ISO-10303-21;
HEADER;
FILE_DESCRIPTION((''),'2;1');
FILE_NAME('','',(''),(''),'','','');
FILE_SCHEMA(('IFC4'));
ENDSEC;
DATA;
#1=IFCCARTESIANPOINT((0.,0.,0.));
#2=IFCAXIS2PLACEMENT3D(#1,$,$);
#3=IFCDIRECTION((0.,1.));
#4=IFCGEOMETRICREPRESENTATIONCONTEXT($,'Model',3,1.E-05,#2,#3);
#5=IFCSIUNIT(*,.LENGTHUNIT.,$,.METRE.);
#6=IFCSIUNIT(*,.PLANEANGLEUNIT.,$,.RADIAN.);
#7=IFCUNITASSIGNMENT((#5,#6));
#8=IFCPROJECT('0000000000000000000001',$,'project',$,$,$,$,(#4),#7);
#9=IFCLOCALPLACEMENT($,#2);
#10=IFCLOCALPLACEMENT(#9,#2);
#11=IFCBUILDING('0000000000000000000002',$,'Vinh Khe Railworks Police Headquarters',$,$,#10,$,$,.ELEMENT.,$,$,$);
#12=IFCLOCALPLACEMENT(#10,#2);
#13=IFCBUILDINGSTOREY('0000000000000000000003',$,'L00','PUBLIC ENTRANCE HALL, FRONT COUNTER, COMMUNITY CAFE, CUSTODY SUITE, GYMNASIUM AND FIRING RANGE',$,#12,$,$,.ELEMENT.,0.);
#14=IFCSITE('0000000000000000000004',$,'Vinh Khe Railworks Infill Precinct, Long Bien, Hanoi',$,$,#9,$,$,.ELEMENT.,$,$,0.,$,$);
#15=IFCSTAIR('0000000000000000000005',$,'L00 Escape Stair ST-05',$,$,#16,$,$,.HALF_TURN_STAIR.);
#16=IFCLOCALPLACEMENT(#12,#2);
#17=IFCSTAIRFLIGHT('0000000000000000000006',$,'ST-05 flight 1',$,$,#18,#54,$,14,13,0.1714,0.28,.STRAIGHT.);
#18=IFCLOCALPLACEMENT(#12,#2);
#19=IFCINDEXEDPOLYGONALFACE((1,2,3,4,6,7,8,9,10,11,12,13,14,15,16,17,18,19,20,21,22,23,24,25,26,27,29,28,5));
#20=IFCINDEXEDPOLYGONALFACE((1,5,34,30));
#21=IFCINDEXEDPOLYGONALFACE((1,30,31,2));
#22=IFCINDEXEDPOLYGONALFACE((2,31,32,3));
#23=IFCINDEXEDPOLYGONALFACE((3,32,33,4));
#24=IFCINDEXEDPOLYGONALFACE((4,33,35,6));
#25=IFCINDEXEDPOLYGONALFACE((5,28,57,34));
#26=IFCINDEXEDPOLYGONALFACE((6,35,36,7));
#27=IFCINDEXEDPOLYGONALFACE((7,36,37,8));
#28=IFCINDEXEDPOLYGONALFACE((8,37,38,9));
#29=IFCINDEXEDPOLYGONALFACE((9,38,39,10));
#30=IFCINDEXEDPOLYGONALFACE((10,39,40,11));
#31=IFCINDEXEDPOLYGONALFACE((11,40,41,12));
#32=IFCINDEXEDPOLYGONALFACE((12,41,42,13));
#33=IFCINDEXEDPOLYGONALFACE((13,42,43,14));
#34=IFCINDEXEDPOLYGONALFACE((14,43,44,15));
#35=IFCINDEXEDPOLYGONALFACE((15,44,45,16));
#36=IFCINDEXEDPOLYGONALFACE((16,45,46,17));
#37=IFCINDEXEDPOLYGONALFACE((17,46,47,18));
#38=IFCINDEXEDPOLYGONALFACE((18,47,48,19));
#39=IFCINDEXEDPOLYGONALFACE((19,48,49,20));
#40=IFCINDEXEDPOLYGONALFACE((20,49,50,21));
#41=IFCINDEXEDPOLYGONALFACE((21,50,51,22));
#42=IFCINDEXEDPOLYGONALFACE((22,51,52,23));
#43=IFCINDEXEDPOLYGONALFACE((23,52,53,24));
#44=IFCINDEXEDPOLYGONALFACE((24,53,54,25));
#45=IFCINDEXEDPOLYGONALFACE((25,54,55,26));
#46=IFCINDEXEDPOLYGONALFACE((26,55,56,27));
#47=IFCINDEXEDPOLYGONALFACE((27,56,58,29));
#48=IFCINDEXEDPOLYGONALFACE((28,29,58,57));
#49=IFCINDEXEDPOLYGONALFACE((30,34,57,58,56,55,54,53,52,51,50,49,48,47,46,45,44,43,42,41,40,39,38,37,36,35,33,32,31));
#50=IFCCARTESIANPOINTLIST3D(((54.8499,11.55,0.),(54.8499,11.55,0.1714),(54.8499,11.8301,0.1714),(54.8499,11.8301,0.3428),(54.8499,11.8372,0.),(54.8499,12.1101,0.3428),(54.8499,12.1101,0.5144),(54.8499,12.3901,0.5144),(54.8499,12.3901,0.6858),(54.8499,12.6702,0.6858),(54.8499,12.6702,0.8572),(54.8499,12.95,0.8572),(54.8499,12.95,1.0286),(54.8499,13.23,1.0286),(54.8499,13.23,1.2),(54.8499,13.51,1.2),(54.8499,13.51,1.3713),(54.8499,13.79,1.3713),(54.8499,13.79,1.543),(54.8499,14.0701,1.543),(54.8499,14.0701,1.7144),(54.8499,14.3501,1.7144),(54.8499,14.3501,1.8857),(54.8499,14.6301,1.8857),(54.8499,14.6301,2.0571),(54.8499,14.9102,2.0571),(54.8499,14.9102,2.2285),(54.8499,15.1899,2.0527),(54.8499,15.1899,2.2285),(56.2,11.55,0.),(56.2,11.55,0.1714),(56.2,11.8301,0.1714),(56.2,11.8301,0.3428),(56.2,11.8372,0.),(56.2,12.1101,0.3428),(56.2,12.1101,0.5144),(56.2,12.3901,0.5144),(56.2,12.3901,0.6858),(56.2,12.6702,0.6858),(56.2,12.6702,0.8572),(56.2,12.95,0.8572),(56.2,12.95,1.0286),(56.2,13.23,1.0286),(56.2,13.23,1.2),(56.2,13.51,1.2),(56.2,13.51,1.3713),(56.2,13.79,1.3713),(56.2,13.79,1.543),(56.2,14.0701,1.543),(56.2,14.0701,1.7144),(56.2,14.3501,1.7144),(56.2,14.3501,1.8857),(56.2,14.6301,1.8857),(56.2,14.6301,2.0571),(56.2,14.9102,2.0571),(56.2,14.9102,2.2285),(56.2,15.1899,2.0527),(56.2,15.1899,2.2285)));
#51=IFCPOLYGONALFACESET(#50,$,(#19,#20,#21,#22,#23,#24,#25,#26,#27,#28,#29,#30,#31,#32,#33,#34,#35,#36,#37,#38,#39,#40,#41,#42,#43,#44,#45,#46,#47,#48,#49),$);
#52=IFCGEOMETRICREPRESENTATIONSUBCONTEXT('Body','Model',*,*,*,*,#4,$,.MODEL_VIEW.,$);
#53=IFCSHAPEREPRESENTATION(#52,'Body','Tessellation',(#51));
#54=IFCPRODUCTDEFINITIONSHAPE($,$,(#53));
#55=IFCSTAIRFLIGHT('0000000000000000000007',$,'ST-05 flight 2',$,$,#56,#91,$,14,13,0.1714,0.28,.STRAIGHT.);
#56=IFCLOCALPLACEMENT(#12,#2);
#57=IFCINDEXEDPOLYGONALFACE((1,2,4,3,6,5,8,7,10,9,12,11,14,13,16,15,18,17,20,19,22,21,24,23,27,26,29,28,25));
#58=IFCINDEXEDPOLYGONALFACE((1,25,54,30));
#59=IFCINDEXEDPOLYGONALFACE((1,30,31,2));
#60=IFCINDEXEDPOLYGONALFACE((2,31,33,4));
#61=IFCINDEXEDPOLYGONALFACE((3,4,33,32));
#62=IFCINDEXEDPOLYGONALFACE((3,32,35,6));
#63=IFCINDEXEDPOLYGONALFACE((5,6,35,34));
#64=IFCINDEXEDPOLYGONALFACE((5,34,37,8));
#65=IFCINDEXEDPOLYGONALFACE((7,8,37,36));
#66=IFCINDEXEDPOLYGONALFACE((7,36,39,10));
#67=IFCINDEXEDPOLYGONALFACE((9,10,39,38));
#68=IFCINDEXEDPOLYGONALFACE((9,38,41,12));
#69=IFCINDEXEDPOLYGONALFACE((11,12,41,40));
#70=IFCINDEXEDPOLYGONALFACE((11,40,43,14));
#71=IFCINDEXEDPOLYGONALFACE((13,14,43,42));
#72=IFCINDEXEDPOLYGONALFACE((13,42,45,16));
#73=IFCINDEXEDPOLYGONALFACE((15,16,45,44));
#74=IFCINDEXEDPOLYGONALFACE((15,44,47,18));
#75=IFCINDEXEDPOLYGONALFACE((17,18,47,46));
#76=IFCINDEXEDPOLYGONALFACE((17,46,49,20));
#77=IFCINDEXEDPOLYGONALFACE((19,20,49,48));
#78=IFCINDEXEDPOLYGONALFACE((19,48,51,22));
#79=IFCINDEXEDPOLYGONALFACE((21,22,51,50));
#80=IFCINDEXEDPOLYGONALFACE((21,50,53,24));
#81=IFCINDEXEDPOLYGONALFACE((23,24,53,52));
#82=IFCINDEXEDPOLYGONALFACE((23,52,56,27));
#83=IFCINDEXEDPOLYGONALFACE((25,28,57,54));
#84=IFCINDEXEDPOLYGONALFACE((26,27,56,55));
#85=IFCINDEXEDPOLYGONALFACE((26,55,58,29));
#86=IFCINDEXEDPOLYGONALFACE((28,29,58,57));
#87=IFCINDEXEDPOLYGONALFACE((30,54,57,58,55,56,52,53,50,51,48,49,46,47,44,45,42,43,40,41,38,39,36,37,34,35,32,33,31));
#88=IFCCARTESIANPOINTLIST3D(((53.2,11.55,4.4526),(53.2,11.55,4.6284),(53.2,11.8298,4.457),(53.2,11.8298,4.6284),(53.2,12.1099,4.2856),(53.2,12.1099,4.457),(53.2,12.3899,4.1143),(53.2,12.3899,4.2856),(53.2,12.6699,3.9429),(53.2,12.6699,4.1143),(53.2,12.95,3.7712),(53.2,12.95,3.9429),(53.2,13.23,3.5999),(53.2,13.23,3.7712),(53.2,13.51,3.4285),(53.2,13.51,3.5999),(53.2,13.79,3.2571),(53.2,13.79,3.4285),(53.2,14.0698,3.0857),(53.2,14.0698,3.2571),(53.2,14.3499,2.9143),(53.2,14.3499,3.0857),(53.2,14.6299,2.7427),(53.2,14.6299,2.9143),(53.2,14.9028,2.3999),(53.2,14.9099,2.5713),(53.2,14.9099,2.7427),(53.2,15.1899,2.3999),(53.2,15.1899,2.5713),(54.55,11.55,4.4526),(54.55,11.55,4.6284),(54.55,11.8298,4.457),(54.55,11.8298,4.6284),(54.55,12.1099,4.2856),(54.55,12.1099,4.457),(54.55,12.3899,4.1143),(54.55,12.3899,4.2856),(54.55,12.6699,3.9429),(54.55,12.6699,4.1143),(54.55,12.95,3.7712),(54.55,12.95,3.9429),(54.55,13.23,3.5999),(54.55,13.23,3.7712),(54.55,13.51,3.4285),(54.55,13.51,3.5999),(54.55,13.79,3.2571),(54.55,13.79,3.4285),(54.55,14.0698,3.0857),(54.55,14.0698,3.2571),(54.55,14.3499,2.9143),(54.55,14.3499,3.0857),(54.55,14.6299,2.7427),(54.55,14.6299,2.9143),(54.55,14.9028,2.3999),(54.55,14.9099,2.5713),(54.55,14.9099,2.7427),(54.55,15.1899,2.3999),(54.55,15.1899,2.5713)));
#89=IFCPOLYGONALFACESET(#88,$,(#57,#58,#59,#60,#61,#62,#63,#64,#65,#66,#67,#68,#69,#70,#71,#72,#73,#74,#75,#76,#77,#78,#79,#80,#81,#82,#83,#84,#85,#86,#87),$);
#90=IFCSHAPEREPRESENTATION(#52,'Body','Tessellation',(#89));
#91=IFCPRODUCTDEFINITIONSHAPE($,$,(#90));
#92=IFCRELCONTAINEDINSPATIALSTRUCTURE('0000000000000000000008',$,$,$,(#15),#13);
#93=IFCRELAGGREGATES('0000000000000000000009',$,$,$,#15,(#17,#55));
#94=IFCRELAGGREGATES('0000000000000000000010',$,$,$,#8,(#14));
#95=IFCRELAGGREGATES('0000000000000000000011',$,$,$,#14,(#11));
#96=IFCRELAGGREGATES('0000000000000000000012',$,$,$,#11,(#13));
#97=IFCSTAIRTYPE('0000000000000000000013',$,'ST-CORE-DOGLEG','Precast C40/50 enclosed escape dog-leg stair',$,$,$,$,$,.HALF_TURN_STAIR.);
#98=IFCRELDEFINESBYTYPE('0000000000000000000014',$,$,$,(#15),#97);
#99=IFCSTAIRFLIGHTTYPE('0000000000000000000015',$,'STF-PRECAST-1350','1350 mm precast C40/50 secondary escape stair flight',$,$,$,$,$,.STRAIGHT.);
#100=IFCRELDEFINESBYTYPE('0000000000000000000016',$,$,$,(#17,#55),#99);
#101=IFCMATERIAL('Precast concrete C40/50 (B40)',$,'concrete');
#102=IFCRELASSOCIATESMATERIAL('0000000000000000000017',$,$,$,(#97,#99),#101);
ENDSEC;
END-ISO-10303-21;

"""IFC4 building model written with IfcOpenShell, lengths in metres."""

from ifc_helpers import new_model, si_unit, direction, frame, origin, place, context, subcontext, project, spatial, polyline, outline, extrude, material, type_object, element, aggregate, save


model = new_model("IFC4")

# Units and contexts
model_context = context("Model", 3, precision=1e-05, world=origin(), true_north=direction((0.0, 1.0)))
body_context = subcontext(model_context, "Body", "Model", "MODEL_VIEW")
ifc_project = project(units=[si_unit("LENGTHUNIT", "METRE"), si_unit("PLANEANGLEUNIT", "RADIAN")], contexts=[model_context])

# Site, building, storey
site_placement = place(None, origin())
site = spatial("IfcSite", under=ifc_project, at=site_placement, Name="Vinh Khe Railworks Infill Precinct, Long Bien, Hanoi", CompositionType="ELEMENT", RefElevation=0.0)
building_placement = place(site_placement, origin())
building = spatial("IfcBuilding", under=site, at=building_placement, Name="Vinh Khe Railworks Police Headquarters", CompositionType="ELEMENT")
storey_placement = place(building_placement, origin())
storey = spatial("IfcBuildingStorey", under=building, at=storey_placement, Name="L00", Description="PUBLIC ENTRANCE HALL, FRONT COUNTER, COMMUNITY CAFE, CUSTODY SUITE, GYMNASIUM AND FIRING RANGE", CompositionType="ELEMENT", Elevation=0.0)

# Stair, stair flights
ifc_material_1 = material(Name="Precast concrete C40/50 (B40)", Category="concrete")
stair_type = type_object("IfcStairType", Name="ST-CORE-DOGLEG", Description="Precast C40/50 enclosed escape dog-leg stair", PredefinedType="HALF_TURN_STAIR", material=ifc_material_1)
stair_placement = place(storey_placement, origin())
stair = element("IfcStair", 1, at=stair_placement, inside=storey, type_object=stair_type, Name="L00 Escape Stair ST-05", PredefinedType="HALF_TURN_STAIR")
stair_flight_type = type_object("IfcStairFlightType", Name="STF-PRECAST-1350", Description="1350 mm precast C40/50 secondary escape stair flight", PredefinedType="STRAIGHT", material=ifc_material_1)
stair_flight_1_placement = place(storey_placement, frame((55.5249, 11.55, 0.0), z_axis=(0.0, 0.0, 1.0), x_axis=(0.0, 1.0, 0.0)))
stair_flight_1 = element("IfcStairFlight", 2, at=stair_flight_1_placement, type_object=stair_flight_type, Name="ST-05 flight 1", NumberOfRisers=14, NumberOfTreads=13, PredefinedType="STRAIGHT", RiserHeight=0.1714, TreadLength=0.28, context=body_context, shape_type="SweptSolid", body=[
    extrude(outline(polyline([(0.0, 0.0), (0.0, 0.1714), (0.28, 0.1714), (0.28, 0.3428), (0.5601, 0.3428), (0.5601, 0.5144), (0.8401, 0.5144), (0.8401, 0.6858), (1.1201, 0.6858), (1.1201, 0.8572), (1.3999, 0.8572), (1.3999, 1.0286), (1.6799, 1.0286), (1.6799, 1.2), (1.96, 1.2), (1.96, 1.3713), (2.24, 1.3713), (2.24, 1.543), (2.52, 1.543), (2.52, 1.7144), (2.8, 1.7144), (2.8, 1.8857), (3.0801, 1.8857), (3.0801, 2.0571), (3.3601, 2.0571), (3.3601, 2.2285), (3.6399, 2.2285), (3.6399, 2.3999), (3.6399, 2.0527), (0.2871, 0.0), (0.0, 0.0)])), frame((0.0, 0.675, 0.0), z_axis=(0.0, -1.0, 0.0), x_axis=(1.0, 0.0, 0.0)), (0.0, 0.0, 1.0), 1.3501),
])
stair_flight_2_placement = place(storey_placement, frame((53.875, 15.1899, 2.3999), z_axis=(0.0, 0.0, 1.0), x_axis=(0.0, -1.0, 0.0)))
stair_flight_2 = element("IfcStairFlight", 3, at=stair_flight_2_placement, type_object=stair_flight_type, Name="ST-05 flight 2", NumberOfRisers=14, NumberOfTreads=13, PredefinedType="STRAIGHT", RiserHeight=0.1714, TreadLength=0.28, context=body_context, shape_type="SweptSolid", body=[
    extrude(outline(polyline([(0.0, 0.0), (0.0, 0.1714), (0.28, 0.1714), (0.28, 0.3428), (0.5601, 0.3428), (0.5601, 0.5144), (0.8401, 0.5144), (0.8401, 0.6858), (1.1201, 0.6858), (1.1201, 0.8572), (1.3999, 0.8572), (1.3999, 1.0286), (1.6799, 1.0286), (1.6799, 1.2), (1.96, 1.2), (1.96, 1.3713), (2.24, 1.3713), (2.24, 1.543), (2.52, 1.543), (2.52, 1.7144), (2.8, 1.7144), (2.8, 1.8857), (3.0801, 1.8857), (3.0801, 2.0571), (3.3601, 2.0571), (3.3601, 2.2285), (3.6399, 2.2285), (3.6399, 2.3999), (3.6399, 2.0527), (0.2871, 0.0), (0.0, 0.0)])), frame((0.0, 0.675, 0.0), z_axis=(0.0, -1.0, 0.0), x_axis=(1.0, 0.0, 0.0)), (0.0, 0.0, 1.0), 1.3501),
])
aggregate(stair, [stair_flight_1, stair_flight_2])

save(model, "model.ifc")
